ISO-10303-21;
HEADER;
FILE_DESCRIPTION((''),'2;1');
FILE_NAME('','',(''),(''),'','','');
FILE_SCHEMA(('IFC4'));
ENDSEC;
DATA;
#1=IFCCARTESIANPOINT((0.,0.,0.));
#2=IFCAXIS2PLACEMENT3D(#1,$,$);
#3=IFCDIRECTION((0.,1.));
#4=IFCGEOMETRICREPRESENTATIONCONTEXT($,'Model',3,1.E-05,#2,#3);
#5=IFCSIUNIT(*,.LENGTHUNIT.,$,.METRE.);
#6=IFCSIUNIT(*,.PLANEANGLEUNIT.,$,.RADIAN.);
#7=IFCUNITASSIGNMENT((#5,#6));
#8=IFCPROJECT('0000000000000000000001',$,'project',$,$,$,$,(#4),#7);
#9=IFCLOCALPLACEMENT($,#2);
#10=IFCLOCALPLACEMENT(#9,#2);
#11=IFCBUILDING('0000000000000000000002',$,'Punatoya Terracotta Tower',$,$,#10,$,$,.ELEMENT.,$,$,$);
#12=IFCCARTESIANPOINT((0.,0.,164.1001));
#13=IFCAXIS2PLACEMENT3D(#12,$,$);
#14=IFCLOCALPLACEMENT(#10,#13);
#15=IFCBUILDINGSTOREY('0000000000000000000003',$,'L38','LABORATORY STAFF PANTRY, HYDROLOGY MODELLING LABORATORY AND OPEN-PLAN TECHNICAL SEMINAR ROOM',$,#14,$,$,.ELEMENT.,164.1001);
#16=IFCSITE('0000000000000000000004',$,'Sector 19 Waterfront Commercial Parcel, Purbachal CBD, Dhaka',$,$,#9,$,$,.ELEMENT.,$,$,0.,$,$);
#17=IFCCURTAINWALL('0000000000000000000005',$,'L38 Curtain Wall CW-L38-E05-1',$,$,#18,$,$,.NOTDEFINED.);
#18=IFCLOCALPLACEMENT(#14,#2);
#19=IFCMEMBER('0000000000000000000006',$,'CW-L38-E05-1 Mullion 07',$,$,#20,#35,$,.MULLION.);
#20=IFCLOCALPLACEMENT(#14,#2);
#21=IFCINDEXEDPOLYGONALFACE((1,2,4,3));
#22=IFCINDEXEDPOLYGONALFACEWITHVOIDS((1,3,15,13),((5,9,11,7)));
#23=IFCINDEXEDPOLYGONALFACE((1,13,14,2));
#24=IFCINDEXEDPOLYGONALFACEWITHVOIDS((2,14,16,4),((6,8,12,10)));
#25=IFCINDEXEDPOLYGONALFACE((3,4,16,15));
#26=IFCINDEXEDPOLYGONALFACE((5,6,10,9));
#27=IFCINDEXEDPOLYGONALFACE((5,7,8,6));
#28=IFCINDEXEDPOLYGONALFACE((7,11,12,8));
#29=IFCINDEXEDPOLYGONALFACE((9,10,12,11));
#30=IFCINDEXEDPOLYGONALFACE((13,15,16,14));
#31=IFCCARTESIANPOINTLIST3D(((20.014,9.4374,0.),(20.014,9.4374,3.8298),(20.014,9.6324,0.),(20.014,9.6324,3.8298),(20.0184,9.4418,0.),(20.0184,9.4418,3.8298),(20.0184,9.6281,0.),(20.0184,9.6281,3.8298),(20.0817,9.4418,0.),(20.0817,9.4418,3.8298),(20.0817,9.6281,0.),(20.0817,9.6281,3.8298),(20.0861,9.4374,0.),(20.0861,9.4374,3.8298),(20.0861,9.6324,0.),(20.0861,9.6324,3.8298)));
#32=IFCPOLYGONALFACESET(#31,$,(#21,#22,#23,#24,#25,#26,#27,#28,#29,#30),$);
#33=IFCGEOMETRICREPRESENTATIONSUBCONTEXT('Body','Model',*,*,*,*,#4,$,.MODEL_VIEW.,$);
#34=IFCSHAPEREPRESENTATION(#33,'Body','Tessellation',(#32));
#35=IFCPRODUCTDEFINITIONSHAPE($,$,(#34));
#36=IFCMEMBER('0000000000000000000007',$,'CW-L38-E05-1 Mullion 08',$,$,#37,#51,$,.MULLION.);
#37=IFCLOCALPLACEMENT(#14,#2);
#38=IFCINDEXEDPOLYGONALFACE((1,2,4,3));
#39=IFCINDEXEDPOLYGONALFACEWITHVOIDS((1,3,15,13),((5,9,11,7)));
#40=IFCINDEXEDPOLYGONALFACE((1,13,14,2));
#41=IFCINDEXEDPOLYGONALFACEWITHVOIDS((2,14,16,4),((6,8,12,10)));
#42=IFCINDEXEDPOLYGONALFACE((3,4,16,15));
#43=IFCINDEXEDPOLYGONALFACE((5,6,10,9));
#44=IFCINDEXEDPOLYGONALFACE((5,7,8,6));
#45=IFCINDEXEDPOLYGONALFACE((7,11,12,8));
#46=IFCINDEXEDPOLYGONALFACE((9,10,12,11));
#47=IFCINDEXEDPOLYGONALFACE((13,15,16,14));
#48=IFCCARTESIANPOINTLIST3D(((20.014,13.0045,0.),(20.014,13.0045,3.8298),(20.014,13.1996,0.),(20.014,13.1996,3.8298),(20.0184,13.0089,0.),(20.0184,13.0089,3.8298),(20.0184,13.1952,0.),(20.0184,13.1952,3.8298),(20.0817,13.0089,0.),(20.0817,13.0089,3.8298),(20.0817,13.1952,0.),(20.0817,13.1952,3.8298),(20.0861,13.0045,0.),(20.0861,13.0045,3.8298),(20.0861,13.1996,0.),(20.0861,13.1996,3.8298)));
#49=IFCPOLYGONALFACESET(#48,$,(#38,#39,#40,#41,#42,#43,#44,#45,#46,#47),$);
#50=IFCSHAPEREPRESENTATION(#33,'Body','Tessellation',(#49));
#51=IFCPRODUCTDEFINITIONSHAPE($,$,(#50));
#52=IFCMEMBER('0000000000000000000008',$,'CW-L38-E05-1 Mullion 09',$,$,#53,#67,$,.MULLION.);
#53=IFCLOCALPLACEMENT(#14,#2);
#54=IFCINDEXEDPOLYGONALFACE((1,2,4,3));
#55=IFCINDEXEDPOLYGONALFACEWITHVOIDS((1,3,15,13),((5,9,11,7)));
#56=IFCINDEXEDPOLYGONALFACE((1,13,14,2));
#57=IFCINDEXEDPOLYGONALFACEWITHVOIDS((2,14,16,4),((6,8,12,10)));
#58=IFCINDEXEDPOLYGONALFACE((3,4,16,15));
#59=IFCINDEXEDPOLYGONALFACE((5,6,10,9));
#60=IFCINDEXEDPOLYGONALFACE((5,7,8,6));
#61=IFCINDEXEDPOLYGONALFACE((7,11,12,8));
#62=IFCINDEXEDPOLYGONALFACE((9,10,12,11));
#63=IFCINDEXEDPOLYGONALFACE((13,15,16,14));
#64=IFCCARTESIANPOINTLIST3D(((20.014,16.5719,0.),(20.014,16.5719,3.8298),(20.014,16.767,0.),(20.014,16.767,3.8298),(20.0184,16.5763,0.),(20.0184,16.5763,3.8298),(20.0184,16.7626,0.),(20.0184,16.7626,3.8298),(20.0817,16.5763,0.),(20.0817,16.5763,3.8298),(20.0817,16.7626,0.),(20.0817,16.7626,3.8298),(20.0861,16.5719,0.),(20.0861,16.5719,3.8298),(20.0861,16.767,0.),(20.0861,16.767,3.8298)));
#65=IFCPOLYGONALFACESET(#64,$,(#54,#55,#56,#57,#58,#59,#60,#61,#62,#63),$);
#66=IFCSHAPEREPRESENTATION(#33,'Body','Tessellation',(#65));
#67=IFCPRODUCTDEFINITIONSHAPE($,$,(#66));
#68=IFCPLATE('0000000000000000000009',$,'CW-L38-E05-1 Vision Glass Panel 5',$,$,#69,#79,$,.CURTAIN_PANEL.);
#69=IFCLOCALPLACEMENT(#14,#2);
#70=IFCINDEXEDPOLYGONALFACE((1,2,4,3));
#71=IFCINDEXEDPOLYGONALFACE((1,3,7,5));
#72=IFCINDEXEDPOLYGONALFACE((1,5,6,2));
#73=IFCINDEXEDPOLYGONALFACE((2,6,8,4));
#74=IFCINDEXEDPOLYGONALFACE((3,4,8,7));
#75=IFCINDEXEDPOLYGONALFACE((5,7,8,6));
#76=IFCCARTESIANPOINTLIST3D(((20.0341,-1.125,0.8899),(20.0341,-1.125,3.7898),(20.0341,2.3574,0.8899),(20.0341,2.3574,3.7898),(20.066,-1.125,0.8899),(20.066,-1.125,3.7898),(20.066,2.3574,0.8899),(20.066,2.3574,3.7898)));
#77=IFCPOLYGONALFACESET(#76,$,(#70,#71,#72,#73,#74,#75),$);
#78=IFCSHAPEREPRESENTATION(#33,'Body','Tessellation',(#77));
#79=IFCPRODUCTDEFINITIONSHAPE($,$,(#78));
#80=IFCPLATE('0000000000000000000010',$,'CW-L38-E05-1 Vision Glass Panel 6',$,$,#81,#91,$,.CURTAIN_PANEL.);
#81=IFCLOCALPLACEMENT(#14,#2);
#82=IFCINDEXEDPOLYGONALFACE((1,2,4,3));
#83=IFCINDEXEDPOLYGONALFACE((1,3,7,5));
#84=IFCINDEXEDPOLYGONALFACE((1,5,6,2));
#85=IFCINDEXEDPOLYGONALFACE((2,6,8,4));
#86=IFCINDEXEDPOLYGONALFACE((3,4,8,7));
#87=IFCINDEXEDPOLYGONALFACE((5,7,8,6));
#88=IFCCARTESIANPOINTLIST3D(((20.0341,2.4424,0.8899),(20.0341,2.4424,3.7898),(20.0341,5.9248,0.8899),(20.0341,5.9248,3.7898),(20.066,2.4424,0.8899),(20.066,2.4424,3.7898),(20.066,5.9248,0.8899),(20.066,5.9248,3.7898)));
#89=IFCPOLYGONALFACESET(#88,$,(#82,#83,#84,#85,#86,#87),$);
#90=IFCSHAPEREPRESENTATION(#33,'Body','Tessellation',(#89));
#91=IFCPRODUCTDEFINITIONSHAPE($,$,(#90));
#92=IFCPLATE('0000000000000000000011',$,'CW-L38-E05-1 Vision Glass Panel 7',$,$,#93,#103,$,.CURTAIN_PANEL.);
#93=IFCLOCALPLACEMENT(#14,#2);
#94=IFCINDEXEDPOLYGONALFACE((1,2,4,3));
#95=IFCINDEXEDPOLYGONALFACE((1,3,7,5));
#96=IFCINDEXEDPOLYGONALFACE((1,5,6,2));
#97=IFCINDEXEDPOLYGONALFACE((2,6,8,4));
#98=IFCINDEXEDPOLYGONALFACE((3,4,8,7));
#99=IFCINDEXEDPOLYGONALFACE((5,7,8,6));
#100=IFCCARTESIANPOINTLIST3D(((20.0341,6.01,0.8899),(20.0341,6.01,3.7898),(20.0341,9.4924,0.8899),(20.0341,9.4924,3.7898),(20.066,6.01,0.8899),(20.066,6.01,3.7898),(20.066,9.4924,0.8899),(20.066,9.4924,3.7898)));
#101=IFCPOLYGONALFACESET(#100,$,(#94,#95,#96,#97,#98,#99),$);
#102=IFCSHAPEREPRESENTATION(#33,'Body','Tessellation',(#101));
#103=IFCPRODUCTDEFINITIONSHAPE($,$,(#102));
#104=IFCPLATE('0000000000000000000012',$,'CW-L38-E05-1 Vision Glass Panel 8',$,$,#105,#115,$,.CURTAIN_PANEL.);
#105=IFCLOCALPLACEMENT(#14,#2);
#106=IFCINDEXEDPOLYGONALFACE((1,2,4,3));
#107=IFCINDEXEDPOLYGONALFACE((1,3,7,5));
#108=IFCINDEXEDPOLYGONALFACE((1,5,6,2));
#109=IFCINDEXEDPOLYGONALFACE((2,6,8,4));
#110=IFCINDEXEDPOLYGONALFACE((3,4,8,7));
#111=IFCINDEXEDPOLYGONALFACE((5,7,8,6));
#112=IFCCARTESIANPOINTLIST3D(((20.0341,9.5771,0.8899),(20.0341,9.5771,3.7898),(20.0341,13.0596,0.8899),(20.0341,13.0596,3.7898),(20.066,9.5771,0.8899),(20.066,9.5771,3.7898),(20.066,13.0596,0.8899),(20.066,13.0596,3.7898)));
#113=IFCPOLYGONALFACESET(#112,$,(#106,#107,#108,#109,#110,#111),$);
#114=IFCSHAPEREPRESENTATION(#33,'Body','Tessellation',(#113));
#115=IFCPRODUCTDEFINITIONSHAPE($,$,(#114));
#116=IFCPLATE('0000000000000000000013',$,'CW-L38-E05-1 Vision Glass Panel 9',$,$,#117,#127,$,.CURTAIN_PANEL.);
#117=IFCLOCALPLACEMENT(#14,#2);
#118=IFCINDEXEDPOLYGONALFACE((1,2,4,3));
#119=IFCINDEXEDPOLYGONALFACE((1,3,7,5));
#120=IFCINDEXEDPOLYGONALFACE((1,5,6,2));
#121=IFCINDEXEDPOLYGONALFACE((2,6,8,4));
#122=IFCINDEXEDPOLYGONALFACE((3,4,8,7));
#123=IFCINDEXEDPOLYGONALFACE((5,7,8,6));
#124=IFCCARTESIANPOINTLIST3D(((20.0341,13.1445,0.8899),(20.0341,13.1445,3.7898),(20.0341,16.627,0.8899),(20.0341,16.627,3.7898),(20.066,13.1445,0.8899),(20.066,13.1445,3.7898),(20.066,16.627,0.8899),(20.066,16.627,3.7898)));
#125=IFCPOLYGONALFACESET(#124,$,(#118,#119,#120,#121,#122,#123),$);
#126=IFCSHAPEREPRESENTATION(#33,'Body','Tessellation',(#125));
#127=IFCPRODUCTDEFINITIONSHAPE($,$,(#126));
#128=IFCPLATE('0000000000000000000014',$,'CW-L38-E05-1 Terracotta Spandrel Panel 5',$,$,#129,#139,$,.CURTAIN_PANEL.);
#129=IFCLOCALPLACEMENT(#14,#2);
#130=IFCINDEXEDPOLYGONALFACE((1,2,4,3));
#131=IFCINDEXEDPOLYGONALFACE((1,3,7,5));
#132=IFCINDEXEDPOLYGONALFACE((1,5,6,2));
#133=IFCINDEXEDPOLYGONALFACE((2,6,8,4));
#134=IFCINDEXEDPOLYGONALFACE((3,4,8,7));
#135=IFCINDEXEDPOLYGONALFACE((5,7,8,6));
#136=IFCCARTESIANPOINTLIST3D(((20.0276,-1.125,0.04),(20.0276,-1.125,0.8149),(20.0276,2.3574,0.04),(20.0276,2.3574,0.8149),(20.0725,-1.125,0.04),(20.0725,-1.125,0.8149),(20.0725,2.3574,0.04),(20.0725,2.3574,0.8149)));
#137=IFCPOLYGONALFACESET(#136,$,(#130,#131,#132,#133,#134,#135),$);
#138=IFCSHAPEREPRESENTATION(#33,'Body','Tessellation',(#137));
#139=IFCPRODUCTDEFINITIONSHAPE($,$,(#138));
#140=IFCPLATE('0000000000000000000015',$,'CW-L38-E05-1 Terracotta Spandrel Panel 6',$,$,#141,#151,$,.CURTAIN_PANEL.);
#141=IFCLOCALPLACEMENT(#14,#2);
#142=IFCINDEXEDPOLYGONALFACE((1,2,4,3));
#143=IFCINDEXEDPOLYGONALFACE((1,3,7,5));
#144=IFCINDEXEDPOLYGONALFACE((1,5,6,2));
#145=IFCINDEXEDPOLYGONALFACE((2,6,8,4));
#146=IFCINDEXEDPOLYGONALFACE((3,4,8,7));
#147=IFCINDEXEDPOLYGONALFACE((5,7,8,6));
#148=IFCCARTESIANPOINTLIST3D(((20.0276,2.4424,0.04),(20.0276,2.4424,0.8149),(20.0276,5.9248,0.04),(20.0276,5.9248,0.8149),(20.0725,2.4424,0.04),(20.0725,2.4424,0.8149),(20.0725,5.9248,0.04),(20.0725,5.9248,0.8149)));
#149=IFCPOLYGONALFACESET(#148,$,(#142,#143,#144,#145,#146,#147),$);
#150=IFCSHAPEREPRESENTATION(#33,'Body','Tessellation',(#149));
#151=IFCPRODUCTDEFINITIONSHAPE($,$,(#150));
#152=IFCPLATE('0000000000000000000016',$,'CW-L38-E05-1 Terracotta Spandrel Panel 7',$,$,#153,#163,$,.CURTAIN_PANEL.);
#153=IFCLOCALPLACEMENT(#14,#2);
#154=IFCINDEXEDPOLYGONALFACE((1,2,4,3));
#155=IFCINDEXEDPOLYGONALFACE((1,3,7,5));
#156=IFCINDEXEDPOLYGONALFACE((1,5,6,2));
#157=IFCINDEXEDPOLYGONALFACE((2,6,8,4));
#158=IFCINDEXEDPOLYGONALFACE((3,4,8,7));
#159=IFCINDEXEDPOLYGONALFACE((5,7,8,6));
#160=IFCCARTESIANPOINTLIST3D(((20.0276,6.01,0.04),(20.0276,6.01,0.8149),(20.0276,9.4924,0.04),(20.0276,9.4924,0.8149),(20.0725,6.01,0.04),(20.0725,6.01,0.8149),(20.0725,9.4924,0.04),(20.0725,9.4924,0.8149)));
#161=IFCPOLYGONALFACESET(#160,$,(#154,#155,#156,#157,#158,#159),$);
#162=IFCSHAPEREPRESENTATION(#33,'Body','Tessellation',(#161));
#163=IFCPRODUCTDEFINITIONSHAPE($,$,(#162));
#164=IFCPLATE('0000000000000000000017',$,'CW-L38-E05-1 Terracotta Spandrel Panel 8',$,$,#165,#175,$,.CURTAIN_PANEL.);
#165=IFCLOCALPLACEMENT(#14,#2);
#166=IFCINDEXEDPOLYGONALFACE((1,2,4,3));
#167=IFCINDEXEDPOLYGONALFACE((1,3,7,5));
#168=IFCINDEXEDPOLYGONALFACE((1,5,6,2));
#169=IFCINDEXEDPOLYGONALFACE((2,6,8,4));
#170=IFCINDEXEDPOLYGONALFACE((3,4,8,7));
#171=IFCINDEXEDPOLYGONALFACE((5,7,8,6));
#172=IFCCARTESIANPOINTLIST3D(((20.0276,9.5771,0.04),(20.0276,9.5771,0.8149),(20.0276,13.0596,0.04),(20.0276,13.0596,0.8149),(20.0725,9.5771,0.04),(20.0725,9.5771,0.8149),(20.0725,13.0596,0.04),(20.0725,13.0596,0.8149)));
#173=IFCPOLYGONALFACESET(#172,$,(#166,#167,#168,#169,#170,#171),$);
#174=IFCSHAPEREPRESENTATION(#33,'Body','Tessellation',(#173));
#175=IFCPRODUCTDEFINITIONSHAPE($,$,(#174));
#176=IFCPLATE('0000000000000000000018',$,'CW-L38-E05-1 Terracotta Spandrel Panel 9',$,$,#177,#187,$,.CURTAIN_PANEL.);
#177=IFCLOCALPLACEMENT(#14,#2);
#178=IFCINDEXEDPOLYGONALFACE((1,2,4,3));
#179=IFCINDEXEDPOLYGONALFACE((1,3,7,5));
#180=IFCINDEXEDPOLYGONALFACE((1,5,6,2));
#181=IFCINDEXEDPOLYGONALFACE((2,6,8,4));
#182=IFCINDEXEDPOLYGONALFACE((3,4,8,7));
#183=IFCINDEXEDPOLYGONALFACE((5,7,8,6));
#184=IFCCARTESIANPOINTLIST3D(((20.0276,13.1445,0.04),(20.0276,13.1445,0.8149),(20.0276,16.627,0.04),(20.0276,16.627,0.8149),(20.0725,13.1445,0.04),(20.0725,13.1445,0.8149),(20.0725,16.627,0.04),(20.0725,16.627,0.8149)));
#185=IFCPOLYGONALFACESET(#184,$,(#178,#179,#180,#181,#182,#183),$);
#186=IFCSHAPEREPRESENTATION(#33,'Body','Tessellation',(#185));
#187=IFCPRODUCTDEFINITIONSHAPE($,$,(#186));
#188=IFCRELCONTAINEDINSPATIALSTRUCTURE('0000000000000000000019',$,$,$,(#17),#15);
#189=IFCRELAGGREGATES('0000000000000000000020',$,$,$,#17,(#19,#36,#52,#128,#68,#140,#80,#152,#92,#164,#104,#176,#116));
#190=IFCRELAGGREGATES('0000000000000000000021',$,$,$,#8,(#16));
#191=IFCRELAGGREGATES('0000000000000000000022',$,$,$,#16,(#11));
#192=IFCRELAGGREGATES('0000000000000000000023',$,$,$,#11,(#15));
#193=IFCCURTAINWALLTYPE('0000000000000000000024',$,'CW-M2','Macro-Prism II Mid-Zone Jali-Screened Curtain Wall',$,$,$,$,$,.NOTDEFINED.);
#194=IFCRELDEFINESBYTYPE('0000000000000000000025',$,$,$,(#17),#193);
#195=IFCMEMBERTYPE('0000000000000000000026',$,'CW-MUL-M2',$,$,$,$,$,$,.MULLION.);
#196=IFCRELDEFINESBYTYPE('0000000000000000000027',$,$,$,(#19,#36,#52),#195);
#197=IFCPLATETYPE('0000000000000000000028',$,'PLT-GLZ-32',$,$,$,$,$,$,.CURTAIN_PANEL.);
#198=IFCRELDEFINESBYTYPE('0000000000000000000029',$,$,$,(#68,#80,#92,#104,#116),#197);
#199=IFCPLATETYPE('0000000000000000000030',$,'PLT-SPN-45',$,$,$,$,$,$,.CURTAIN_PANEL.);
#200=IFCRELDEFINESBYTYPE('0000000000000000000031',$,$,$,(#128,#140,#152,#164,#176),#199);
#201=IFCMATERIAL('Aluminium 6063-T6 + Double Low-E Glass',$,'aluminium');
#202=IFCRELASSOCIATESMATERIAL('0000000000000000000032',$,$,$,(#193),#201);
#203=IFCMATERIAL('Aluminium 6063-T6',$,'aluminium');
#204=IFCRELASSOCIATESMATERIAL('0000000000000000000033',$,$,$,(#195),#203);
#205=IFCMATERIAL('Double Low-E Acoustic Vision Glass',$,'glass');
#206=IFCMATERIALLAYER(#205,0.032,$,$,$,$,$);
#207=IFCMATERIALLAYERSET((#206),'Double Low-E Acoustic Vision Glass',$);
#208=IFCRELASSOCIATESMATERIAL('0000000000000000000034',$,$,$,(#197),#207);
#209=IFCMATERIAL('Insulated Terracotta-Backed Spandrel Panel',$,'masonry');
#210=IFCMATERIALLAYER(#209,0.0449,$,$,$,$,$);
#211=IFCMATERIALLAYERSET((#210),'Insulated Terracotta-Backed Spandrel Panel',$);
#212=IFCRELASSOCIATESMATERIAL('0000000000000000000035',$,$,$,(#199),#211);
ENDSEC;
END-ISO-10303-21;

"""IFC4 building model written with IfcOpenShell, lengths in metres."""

from ifc_helpers import new_model, si_unit, direction, frame, origin, origin_2d, place, context, subcontext, project, spatial, rectangle, hollow_rectangle, extrude, material, layer, layer_set, material_profile, profile_set, type_object, element, aggregate, save


model = new_model("IFC4")

# Units and contexts
model_context = context("Model", 3, precision=1e-05, world=origin(), true_north=direction((0.0, 1.0)))
body_context = subcontext(model_context, "Body", "Model", "MODEL_VIEW")
ifc_project = project(units=[si_unit("LENGTHUNIT", "METRE"), si_unit("PLANEANGLEUNIT", "RADIAN")], contexts=[model_context])

# Site, building, storey
site_placement = place(None, origin())
site = spatial("IfcSite", under=ifc_project, at=site_placement, Name="Sector 19 Waterfront Commercial Parcel, Purbachal CBD, Dhaka", CompositionType="ELEMENT", RefElevation=0.0)
building_placement = place(site_placement, origin())
building = spatial("IfcBuilding", under=site, at=building_placement, Name="Punatoya Terracotta Tower", CompositionType="ELEMENT")
storey_placement = place(building_placement, frame((0.0, 0.0, 164.1001)))
storey = spatial("IfcBuildingStorey", under=building, at=storey_placement, Name="L38", Description="LABORATORY STAFF PANTRY, HYDROLOGY MODELLING LABORATORY AND OPEN-PLAN TECHNICAL SEMINAR ROOM", CompositionType="ELEMENT", Elevation=164.1001)

# Curtain wall, members, plates
ifc_material_1 = material(Name="Aluminium 6063-T6 + Double Low-E Glass", Category="aluminium")
curtain_wall_type = type_object("IfcCurtainWallType", Name="CW-M2", Description="Macro-Prism II Mid-Zone Jali-Screened Curtain Wall", PredefinedType="NOTDEFINED", material=ifc_material_1)
curtain_wall_placement = place(storey_placement, origin())
curtain_wall = element("IfcCurtainWall", 1, at=curtain_wall_placement, inside=storey, type_object=curtain_wall_type, Name="L38 Curtain Wall CW-L38-E05-1", PredefinedType="NOTDEFINED")
ifc_material_2 = material(Name="Aluminium 6063-T6", Category="aluminium")
ifc_material_profile_1 = material_profile(ifc_material_2, hollow_rectangle(XDim=0.072, YDim=0.1951, WallThickness=0.0044, at=origin_2d()))
ifc_profile_set_1 = profile_set([ifc_material_profile_1], Name="Aluminium 6063-T6")
member_type = type_object("IfcMemberType", Name="CW-MUL-M2", PredefinedType="MULLION", material=ifc_profile_set_1)
member_1_placement = place(storey_placement, frame((20.05, 9.5349, 0.0), z_axis=(0.0, 0.0, 1.0), x_axis=(1.0, 0.0, 0.0)))
member_1 = element("IfcMember", 2, at=member_1_placement, type_object=member_type, Name="CW-L38-E05-1 Mullion 07", PredefinedType="MULLION", context=body_context, shape_type="SweptSolid", body=[
    extrude(hollow_rectangle(XDim=0.072, YDim=0.1951, WallThickness=0.0044, at=origin_2d()), origin(), (0.0, 0.0, 1.0), 3.8298),
])
member_2_placement = place(storey_placement, frame((20.05, 13.1021, 0.0), z_axis=(0.0, 0.0, 1.0), x_axis=(1.0, 0.0, 0.0)))
member_2 = element("IfcMember", 3, at=member_2_placement, type_object=member_type, Name="CW-L38-E05-1 Mullion 08", PredefinedType="MULLION", context=body_context, shape_type="SweptSolid", body=[
    extrude(hollow_rectangle(XDim=0.072, YDim=0.1951, WallThickness=0.0044, at=origin_2d()), origin(), (0.0, 0.0, 1.0), 3.8298),
])
member_3_placement = place(storey_placement, frame((20.05, 16.6694, 0.0), z_axis=(0.0, 0.0, 1.0), x_axis=(1.0, 0.0, 0.0)))
member_3 = element("IfcMember", 4, at=member_3_placement, type_object=member_type, Name="CW-L38-E05-1 Mullion 09", PredefinedType="MULLION", context=body_context, shape_type="SweptSolid", body=[
    extrude(hollow_rectangle(XDim=0.072, YDim=0.1951, WallThickness=0.0044, at=origin_2d()), origin(), (0.0, 0.0, 1.0), 3.8298),
])
ifc_material_3 = material(Name="Double Low-E Acoustic Vision Glass", Category="glass")
ifc_layer_1 = layer(ifc_material_3, 0.032)
ifc_layer_set_1 = layer_set([ifc_layer_1], Name="Double Low-E Acoustic Vision Glass")
plate_type_1 = type_object("IfcPlateType", Name="PLT-GLZ-32", PredefinedType="CURTAIN_PANEL", material=ifc_layer_set_1)
plate_1_placement = place(storey_placement, frame((20.05, 0.6162, 0.8899), z_axis=(0.0, 0.0, 1.0), x_axis=(0.0, 1.0, 0.0)))
plate_1 = element("IfcPlate", 5, at=plate_1_placement, type_object=plate_type_1, Name="CW-L38-E05-1 Vision Glass Panel 5", PredefinedType="CURTAIN_PANEL", context=body_context, shape_type="SweptSolid", body=[
    extrude(rectangle(XDim=3.4824, YDim=0.032, at=origin_2d()), origin(), (0.0, 0.0, 1.0), 2.8999),
])
plate_2_placement = place(storey_placement, frame((20.05, 4.1836, 0.8899), z_axis=(0.0, 0.0, 1.0), x_axis=(0.0, 1.0, 0.0)))
plate_2 = element("IfcPlate", 6, at=plate_2_placement, type_object=plate_type_1, Name="CW-L38-E05-1 Vision Glass Panel 6", PredefinedType="CURTAIN_PANEL", context=body_context, shape_type="SweptSolid", body=[
    extrude(rectangle(XDim=3.4824, YDim=0.032, at=origin_2d()), origin(), (0.0, 0.0, 1.0), 2.8999),
])
plate_3_placement = place(storey_placement, frame((20.05, 7.7512, 0.8899), z_axis=(0.0, 0.0, 1.0), x_axis=(0.0, 1.0, 0.0)))
plate_3 = element("IfcPlate", 7, at=plate_3_placement, type_object=plate_type_1, Name="CW-L38-E05-1 Vision Glass Panel 7", PredefinedType="CURTAIN_PANEL", context=body_context, shape_type="SweptSolid", body=[
    extrude(rectangle(XDim=3.4824, YDim=0.032, at=origin_2d()), origin(), (0.0, 0.0, 1.0), 2.8999),
])
plate_4_placement = place(storey_placement, frame((20.05, 11.3184, 0.8899), z_axis=(0.0, 0.0, 1.0), x_axis=(0.0, 1.0, 0.0)))
plate_4 = element("IfcPlate", 8, at=plate_4_placement, type_object=plate_type_1, Name="CW-L38-E05-1 Vision Glass Panel 8", PredefinedType="CURTAIN_PANEL", context=body_context, shape_type="SweptSolid", body=[
    extrude(rectangle(XDim=3.4824, YDim=0.032, at=origin_2d()), origin(), (0.0, 0.0, 1.0), 2.8999),
])
plate_5_placement = place(storey_placement, frame((20.05, 14.8857, 0.8899), z_axis=(0.0, 0.0, 1.0), x_axis=(0.0, 1.0, 0.0)))
plate_5 = element("IfcPlate", 9, at=plate_5_placement, type_object=plate_type_1, Name="CW-L38-E05-1 Vision Glass Panel 9", PredefinedType="CURTAIN_PANEL", context=body_context, shape_type="SweptSolid", body=[
    extrude(rectangle(XDim=3.4824, YDim=0.032, at=origin_2d()), origin(), (0.0, 0.0, 1.0), 2.8999),
])
ifc_material_4 = material(Name="Insulated Terracotta-Backed Spandrel Panel", Category="masonry")
ifc_layer_2 = layer(ifc_material_4, 0.0449)
ifc_layer_set_2 = layer_set([ifc_layer_2], Name="Insulated Terracotta-Backed Spandrel Panel")
plate_type_2 = type_object("IfcPlateType", Name="PLT-SPN-45", PredefinedType="CURTAIN_PANEL", material=ifc_layer_set_2)
plate_6_placement = place(storey_placement, frame((20.05, 0.6162, 0.04), z_axis=(0.0, 0.0, 1.0), x_axis=(0.0, 1.0, 0.0)))
plate_6 = element("IfcPlate", 10, at=plate_6_placement, type_object=plate_type_2, Name="CW-L38-E05-1 Terracotta Spandrel Panel 5", PredefinedType="CURTAIN_PANEL", context=body_context, shape_type="SweptSolid", body=[
    extrude(rectangle(XDim=3.4824, YDim=0.0449, at=origin_2d()), origin(), (0.0, 0.0, 1.0), 0.7749),
])
plate_7_placement = place(storey_placement, frame((20.05, 4.1836, 0.04), z_axis=(0.0, 0.0, 1.0), x_axis=(0.0, 1.0, 0.0)))
plate_7 = element("IfcPlate", 11, at=plate_7_placement, type_object=plate_type_2, Name="CW-L38-E05-1 Terracotta Spandrel Panel 6", PredefinedType="CURTAIN_PANEL", context=body_context, shape_type="SweptSolid", body=[
    extrude(rectangle(XDim=3.4824, YDim=0.0449, at=origin_2d()), origin(), (0.0, 0.0, 1.0), 0.7749),
])
plate_8_placement = place(storey_placement, frame((20.05, 7.7512, 0.04), z_axis=(0.0, 0.0, 1.0), x_axis=(0.0, 1.0, 0.0)))
plate_8 = element("IfcPlate", 12, at=plate_8_placement, type_object=plate_type_2, Name="CW-L38-E05-1 Terracotta Spandrel Panel 7", PredefinedType="CURTAIN_PANEL", context=body_context, shape_type="SweptSolid", body=[
    extrude(rectangle(XDim=3.4824, YDim=0.0449, at=origin_2d()), origin(), (0.0, 0.0, 1.0), 0.7749),
])
plate_9_placement = place(storey_placement, frame((20.05, 11.3184, 0.04), z_axis=(0.0, 0.0, 1.0), x_axis=(0.0, 1.0, 0.0)))
plate_9 = element("IfcPlate", 13, at=plate_9_placement, type_object=plate_type_2, Name="CW-L38-E05-1 Terracotta Spandrel Panel 8", PredefinedType="CURTAIN_PANEL", context=body_context, shape_type="SweptSolid", body=[
    extrude(rectangle(XDim=3.4824, YDim=0.0449, at=origin_2d()), origin(), (0.0, 0.0, 1.0), 0.7749),
])
plate_10_placement = place(storey_placement, frame((20.05, 14.8857, 0.04), z_axis=(0.0, 0.0, 1.0), x_axis=(0.0, 1.0, 0.0)))
plate_10 = element("IfcPlate", 14, at=plate_10_placement, type_object=plate_type_2, Name="CW-L38-E05-1 Terracotta Spandrel Panel 9", PredefinedType="CURTAIN_PANEL", context=body_context, shape_type="SweptSolid", body=[
    extrude(rectangle(XDim=3.4824, YDim=0.0449, at=origin_2d()), origin(), (0.0, 0.0, 1.0), 0.7749),
])
aggregate(curtain_wall, [member_1, member_2, member_3, plate_6, plate_1, plate_7, plate_2, plate_8, plate_3, plate_9, plate_4, plate_10, plate_5])

save(model, "model.ifc")
